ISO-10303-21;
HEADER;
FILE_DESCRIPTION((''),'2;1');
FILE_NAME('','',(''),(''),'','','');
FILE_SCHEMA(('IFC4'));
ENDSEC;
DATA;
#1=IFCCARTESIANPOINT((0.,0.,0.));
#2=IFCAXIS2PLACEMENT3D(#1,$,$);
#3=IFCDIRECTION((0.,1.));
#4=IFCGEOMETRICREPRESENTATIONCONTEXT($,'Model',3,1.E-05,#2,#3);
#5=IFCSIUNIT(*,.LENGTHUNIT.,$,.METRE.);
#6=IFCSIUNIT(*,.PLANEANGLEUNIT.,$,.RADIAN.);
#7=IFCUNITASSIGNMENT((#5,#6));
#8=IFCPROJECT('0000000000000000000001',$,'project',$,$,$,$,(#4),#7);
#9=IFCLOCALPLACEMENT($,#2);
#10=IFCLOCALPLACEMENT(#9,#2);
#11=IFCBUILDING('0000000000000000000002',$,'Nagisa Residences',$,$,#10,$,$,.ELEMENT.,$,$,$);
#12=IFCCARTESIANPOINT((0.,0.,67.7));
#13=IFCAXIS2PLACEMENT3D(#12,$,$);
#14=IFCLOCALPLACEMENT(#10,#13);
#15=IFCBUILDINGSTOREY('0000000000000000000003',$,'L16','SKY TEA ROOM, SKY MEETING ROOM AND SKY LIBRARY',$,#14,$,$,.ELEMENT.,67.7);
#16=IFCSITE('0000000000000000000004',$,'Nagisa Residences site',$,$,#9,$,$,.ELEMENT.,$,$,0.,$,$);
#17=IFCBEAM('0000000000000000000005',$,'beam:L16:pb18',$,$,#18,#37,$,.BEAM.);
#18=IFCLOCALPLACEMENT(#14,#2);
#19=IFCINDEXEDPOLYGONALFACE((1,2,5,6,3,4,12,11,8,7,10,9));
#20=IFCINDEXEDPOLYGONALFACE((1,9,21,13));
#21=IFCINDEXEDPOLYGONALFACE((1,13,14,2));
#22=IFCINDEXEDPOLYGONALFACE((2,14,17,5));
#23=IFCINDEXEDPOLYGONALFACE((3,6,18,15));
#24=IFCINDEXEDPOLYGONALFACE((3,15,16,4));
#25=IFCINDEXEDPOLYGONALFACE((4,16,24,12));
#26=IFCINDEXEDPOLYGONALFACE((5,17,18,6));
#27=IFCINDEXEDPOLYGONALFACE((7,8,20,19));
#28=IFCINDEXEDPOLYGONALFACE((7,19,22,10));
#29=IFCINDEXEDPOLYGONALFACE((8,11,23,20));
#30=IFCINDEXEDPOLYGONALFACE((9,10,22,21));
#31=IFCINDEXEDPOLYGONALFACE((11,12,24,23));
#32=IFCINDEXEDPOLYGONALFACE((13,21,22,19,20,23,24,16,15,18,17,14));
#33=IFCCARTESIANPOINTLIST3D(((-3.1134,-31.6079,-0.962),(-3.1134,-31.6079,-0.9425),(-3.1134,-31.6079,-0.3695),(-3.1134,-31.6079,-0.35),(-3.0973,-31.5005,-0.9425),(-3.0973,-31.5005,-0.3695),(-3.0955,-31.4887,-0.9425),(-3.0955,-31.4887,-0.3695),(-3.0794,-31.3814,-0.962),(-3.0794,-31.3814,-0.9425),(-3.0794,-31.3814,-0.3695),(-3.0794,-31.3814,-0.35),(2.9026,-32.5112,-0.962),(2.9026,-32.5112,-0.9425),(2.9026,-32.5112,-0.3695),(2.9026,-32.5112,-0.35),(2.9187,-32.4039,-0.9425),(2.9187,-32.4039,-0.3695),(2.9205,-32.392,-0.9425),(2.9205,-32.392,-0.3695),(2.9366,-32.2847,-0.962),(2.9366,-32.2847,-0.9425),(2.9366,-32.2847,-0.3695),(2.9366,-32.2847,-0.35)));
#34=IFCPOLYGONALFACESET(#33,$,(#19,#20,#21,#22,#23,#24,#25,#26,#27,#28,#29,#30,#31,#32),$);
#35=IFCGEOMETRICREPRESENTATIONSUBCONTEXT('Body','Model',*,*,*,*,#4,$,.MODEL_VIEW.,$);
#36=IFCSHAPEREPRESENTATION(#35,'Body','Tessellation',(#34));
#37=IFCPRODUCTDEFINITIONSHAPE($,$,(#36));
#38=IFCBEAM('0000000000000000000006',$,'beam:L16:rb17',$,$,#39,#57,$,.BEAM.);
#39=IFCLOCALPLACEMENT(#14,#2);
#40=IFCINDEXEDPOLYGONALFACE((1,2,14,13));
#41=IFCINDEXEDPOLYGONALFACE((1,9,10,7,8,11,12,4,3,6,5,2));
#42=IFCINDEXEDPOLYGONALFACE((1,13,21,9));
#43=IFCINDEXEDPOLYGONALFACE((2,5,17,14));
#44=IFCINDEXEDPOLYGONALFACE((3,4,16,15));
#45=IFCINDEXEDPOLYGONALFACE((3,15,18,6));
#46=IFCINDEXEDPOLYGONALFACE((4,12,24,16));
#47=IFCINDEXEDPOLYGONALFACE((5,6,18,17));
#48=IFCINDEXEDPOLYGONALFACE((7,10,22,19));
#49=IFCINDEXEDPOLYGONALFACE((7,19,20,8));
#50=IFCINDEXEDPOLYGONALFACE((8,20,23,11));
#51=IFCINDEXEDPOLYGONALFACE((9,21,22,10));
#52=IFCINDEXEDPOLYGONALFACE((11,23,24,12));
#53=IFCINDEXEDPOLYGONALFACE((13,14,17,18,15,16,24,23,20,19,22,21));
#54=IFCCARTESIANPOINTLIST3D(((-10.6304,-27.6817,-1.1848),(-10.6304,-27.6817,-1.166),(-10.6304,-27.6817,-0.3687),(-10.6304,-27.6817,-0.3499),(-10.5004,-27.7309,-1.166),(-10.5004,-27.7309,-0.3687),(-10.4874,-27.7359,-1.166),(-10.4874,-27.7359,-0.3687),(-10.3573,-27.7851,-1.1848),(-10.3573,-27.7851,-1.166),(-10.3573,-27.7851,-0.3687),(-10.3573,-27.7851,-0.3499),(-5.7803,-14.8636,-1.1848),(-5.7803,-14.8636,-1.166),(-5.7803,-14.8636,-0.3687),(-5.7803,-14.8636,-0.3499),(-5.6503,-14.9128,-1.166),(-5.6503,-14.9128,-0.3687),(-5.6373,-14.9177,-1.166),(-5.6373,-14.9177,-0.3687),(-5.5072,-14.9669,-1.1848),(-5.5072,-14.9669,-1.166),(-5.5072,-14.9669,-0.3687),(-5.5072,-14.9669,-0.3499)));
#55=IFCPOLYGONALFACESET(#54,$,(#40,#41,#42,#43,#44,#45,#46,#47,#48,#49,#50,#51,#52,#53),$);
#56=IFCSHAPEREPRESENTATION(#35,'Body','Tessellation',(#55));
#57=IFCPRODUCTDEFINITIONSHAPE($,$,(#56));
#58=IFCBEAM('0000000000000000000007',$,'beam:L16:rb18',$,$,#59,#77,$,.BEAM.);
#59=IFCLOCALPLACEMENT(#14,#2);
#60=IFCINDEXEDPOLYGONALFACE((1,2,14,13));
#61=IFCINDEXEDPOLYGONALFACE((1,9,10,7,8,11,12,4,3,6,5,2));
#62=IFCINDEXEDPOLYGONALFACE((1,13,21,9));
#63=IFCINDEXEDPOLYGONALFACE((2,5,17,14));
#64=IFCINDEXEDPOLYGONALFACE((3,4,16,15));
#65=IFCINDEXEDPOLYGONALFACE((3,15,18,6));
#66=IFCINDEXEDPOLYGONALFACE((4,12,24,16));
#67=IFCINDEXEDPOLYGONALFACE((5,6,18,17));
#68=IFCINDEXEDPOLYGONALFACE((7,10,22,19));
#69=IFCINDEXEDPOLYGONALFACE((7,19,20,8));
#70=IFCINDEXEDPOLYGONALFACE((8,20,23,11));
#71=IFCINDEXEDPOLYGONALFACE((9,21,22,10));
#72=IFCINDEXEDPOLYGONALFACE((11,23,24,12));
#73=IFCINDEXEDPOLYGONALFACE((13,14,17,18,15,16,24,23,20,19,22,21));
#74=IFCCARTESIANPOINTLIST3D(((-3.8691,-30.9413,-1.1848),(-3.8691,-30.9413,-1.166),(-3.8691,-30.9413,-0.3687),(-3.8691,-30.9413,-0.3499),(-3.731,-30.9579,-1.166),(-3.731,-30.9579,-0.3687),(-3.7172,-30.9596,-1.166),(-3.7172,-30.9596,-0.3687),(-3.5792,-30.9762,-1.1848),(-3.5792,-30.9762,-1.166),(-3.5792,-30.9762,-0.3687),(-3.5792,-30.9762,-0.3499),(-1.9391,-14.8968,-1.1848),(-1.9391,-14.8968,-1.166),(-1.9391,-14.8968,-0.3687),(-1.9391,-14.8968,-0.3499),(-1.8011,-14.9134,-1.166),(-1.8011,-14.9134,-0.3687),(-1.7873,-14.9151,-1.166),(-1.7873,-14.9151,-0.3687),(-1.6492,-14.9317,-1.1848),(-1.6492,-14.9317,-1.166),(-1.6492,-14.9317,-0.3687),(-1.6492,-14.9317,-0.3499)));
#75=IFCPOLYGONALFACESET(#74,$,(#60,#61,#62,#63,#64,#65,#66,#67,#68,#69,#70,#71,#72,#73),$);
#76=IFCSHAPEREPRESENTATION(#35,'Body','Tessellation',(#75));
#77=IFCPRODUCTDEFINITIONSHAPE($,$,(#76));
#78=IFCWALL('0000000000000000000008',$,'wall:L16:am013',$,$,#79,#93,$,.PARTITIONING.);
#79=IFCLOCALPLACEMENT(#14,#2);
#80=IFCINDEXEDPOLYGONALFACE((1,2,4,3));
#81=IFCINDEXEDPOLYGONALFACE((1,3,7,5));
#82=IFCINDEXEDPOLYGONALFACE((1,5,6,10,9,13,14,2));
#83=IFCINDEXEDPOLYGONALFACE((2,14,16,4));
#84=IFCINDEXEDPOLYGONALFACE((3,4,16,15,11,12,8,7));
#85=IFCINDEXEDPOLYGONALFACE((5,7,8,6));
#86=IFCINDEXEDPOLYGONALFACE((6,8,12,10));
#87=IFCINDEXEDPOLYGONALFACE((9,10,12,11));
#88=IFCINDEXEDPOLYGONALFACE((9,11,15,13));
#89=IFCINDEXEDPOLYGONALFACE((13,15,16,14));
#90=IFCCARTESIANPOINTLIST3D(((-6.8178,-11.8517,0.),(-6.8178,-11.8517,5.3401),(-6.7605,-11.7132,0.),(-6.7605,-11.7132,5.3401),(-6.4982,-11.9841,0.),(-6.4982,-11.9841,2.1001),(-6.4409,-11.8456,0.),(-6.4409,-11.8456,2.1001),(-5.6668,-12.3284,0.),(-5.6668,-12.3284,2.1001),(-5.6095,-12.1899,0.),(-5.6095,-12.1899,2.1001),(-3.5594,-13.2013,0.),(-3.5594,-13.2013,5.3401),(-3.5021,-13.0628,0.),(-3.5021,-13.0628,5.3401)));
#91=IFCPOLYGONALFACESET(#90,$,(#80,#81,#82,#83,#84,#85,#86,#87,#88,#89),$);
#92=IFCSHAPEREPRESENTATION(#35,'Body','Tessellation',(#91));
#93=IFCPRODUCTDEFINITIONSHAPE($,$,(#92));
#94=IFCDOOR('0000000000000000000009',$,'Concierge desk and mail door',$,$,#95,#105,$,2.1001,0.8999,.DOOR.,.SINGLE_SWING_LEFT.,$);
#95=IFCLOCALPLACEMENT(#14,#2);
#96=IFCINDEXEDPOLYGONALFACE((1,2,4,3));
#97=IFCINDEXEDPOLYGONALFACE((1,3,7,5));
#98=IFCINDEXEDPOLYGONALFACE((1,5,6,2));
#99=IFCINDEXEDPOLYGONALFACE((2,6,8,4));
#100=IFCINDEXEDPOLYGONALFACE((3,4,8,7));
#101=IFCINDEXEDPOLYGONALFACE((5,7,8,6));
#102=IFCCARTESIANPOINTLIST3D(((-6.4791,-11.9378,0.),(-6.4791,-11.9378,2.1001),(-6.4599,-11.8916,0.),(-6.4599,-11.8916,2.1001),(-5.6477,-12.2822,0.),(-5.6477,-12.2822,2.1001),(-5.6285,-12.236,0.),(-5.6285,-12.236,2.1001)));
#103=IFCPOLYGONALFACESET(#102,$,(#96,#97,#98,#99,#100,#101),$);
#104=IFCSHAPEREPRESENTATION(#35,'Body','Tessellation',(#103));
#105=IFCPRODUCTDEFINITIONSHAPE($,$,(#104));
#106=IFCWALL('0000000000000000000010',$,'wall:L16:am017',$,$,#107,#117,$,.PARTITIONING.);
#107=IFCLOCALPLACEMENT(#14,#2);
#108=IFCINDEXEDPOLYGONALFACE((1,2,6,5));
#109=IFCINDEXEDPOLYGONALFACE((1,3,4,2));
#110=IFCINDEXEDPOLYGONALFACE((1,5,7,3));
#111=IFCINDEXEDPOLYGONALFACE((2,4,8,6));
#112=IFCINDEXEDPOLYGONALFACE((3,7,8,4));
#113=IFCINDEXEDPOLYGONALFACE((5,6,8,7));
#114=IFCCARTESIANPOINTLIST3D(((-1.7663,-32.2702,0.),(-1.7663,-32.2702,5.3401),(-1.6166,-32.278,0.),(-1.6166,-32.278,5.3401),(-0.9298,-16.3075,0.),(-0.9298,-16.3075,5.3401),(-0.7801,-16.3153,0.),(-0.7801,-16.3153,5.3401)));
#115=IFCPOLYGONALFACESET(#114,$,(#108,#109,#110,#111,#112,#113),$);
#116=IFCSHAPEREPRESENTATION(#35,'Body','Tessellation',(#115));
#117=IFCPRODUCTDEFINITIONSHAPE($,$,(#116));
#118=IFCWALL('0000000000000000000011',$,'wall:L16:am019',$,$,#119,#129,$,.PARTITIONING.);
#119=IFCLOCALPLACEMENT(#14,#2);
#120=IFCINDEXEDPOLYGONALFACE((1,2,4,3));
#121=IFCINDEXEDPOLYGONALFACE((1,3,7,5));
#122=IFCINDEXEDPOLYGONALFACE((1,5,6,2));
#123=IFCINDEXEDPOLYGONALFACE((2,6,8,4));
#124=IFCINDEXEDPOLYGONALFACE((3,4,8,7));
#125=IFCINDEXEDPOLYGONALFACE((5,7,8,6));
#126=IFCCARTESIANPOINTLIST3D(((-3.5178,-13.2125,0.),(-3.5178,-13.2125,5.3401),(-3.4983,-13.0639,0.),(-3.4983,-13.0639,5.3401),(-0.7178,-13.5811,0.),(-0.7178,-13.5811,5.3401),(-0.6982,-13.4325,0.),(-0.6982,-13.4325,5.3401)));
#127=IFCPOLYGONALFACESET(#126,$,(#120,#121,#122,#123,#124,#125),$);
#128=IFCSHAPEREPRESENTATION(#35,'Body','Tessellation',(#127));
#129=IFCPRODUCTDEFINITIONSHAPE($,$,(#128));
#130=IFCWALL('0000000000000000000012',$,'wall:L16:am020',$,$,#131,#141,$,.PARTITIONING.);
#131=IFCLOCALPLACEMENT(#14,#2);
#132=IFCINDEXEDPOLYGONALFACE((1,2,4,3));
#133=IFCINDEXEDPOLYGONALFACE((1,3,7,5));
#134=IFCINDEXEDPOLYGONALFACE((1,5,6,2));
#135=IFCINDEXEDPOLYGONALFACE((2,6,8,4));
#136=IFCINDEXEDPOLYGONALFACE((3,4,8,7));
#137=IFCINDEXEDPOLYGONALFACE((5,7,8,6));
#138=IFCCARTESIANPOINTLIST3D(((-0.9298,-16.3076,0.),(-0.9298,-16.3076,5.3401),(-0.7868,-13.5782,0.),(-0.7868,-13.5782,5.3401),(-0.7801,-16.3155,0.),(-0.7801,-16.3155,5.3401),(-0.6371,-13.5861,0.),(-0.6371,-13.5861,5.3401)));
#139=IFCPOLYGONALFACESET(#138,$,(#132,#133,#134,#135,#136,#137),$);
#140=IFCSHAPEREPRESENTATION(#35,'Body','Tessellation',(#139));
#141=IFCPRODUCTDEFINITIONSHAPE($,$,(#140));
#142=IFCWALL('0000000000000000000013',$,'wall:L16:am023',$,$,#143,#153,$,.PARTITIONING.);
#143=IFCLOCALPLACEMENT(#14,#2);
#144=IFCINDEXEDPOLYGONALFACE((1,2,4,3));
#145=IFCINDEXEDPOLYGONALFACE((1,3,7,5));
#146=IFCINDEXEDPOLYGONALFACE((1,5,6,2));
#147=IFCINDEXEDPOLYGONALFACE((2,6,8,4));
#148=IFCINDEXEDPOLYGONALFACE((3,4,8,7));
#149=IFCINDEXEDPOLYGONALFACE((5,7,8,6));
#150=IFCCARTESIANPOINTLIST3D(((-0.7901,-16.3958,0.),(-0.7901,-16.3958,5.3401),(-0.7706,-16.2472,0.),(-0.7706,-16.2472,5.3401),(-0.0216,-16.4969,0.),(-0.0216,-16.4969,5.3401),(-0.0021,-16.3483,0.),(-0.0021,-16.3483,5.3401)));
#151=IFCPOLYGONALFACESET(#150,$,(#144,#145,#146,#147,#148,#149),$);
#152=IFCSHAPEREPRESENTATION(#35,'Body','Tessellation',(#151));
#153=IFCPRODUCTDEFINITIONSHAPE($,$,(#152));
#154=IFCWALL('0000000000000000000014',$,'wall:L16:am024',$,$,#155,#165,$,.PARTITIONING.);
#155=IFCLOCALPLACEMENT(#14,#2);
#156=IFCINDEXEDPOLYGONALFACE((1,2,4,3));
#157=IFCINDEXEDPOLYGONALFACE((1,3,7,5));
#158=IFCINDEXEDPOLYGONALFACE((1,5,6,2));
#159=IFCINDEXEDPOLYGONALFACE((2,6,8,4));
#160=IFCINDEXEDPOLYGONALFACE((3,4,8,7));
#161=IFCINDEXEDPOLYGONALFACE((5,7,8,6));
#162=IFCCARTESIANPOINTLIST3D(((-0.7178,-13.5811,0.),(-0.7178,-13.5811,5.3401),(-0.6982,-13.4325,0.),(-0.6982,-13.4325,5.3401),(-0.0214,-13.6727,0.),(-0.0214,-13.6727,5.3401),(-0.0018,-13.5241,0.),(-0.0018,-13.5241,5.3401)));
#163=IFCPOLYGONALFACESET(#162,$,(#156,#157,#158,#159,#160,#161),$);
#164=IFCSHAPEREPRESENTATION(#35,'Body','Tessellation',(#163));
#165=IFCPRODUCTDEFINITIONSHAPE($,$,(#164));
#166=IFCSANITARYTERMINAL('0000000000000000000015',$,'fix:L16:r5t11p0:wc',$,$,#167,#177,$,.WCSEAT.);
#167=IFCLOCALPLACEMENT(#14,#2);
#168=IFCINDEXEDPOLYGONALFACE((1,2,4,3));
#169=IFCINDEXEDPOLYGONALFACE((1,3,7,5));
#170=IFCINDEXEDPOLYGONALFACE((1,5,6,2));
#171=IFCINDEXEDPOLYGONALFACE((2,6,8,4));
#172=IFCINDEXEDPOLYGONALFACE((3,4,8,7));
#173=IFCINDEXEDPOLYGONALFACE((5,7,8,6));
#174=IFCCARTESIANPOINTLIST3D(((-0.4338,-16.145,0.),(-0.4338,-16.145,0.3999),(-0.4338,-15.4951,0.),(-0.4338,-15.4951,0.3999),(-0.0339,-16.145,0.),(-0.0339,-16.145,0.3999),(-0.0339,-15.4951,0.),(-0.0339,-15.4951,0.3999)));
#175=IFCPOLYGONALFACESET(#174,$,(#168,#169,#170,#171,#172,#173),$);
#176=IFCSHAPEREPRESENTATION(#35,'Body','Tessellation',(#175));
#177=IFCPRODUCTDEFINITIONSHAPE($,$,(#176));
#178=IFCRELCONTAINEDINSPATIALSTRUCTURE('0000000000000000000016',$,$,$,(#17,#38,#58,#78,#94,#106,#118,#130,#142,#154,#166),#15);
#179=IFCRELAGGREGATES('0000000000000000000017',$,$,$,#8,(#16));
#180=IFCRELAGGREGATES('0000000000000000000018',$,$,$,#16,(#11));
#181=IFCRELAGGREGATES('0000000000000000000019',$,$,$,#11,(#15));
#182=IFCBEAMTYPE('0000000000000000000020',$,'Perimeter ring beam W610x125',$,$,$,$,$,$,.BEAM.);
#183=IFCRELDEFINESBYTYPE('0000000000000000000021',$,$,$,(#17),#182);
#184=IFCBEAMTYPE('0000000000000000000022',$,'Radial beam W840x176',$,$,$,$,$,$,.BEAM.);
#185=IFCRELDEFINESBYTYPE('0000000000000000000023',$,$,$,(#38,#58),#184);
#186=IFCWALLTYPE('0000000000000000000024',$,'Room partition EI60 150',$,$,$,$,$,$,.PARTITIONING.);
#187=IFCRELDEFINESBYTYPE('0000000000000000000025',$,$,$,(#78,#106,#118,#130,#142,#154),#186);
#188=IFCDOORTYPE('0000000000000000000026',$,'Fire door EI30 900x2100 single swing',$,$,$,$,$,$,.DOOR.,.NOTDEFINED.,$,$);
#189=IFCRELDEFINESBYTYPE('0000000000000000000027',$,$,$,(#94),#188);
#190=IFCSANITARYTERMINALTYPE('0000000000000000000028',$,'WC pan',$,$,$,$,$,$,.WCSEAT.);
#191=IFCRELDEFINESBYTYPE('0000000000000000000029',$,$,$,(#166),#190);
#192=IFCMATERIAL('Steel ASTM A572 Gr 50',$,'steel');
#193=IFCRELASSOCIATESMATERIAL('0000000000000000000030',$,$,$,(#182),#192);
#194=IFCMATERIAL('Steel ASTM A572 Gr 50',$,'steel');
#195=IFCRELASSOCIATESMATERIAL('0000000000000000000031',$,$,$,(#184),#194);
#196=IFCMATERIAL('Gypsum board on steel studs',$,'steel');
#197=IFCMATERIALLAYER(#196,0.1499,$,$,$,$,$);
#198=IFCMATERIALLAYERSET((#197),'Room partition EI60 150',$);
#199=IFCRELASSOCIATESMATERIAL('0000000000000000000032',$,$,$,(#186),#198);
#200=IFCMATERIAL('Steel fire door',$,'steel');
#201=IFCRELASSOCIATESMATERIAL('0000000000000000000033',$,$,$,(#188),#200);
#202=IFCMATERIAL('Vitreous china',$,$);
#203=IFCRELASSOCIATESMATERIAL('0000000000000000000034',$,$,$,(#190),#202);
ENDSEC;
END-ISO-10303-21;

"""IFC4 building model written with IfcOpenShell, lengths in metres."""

from ifc_helpers import new_model, si_unit, direction, frame, frame_2d, origin, origin_2d, place, context, subcontext, project, spatial, rectangle, i_section, extrude, material, layer, layer_set, material_profile, profile_set, type_object, element, fill, save


model = new_model("IFC4")

# Units and contexts
model_context = context("Model", 3, precision=1e-05, world=origin(), true_north=direction((0.0, 1.0)))
body_context = subcontext(model_context, "Body", "Model", "MODEL_VIEW")
ifc_project = project(units=[si_unit("LENGTHUNIT", "METRE"), si_unit("PLANEANGLEUNIT", "RADIAN")], contexts=[model_context])

# Site, building, storey
site_placement = place(None, origin())
site = spatial("IfcSite", under=ifc_project, at=site_placement, Name="Nagisa Residences site", CompositionType="ELEMENT", RefElevation=0.0)
building_placement = place(site_placement, origin())
building = spatial("IfcBuilding", under=site, at=building_placement, Name="Nagisa Residences", CompositionType="ELEMENT")
storey_placement = place(building_placement, frame((0.0, 0.0, 67.7)))
storey = spatial("IfcBuildingStorey", under=building, at=storey_placement, Name="L16", Description="SKY TEA ROOM, SKY MEETING ROOM AND SKY LIBRARY", CompositionType="ELEMENT", Elevation=67.7)

# Beams
ifc_material_1 = material(Name="Steel ASTM A572 Gr 50", Category="steel")
ifc_material_profile_1 = material_profile(ifc_material_1, i_section(OverallWidth=0.229, OverallDepth=0.6121, WebThickness=0.012, FlangeThickness=0.0195, at=origin_2d()), Name="W610x125")
ifc_profile_set_1 = profile_set([ifc_material_profile_1], Name="Steel ASTM A572 Gr 50")
beam_type_1 = type_object("IfcBeamType", Name="Perimeter ring beam W610x125", PredefinedType="BEAM", material=ifc_profile_set_1)
beam_1_placement = place(storey_placement, frame((-3.0964, -31.4946, -0.656), z_axis=(0.988915, -0.148486, 0.0), x_axis=(0.148486, 0.988915, 0.0)))
element("IfcBeam", 1, at=beam_1_placement, inside=storey, type_object=beam_type_1, Name="beam:L16:pb18", PredefinedType="BEAM", context=body_context, shape_type="SweptSolid", body=[
    extrude(i_section(OverallWidth=0.229, OverallDepth=0.6121, WebThickness=0.012, FlangeThickness=0.0195, at=origin_2d()), origin(), (0.0, 0.0, 1.0), 6.0835),
])
ifc_material_2 = material(Name="Steel ASTM A572 Gr 50", Category="steel")
ifc_material_profile_2 = material_profile(ifc_material_2, i_section(OverallWidth=0.292, OverallDepth=0.835, WebThickness=0.0139, FlangeThickness=0.0188, at=origin_2d()), Name="W840x176")
ifc_profile_set_2 = profile_set([ifc_material_profile_2], Name="Steel ASTM A572 Gr 50")
beam_type_2 = type_object("IfcBeamType", Name="Radial beam W840x176", PredefinedType="BEAM", material=ifc_profile_set_2)
beam_2_placement = place(storey_placement, frame((-10.4939, -27.7334, -0.7673), z_axis=(0.353892, 0.935286, 0.0), x_axis=(-0.935286, 0.353892, 0.0)))
element("IfcBeam", 2, at=beam_2_placement, inside=storey, type_object=beam_type_2, Name="beam:L16:rb17", PredefinedType="BEAM", context=body_context, shape_type="SweptSolid", body=[
    extrude(i_section(OverallWidth=0.292, OverallDepth=0.835, WebThickness=0.0139, FlangeThickness=0.0188, at=origin_2d()), origin(), (0.0, 0.0, 1.0), 13.7051),
])
beam_3_placement = place(storey_placement, frame((-3.7241, -30.9587, -0.7673), z_axis=(0.119426, 0.992843, 0.0), x_axis=(-0.992843, 0.119426, 0.0)))
element("IfcBeam", 3, at=beam_3_placement, inside=storey, type_object=beam_type_2, Name="beam:L16:rb18", PredefinedType="BEAM", context=body_context, shape_type="SweptSolid", body=[
    extrude(i_section(OverallWidth=0.292, OverallDepth=0.835, WebThickness=0.0139, FlangeThickness=0.0188, at=origin_2d()), origin(), (0.0, 0.0, 1.0), 16.1602),
])

# Wall, opening, door
ifc_material_3 = material(Name="Gypsum board on steel studs", Category="steel")
ifc_layer_1 = layer(ifc_material_3, 0.1499)
ifc_layer_set_1 = layer_set([ifc_layer_1], Name="Room partition EI60 150")
wall_type_1 = type_object("IfcWallType", Name="Room partition EI60 150", PredefinedType="PARTITIONING", material=ifc_layer_set_1)
wall_1_placement = place(storey_placement, frame((-3.5308, -13.1321, 0.0), z_axis=(0.0, 0.0, 1.0), x_axis=(-0.923882, 0.382678, 0.0)))
wall_1 = element("IfcWall", 4, at=wall_1_placement, inside=storey, type_object=wall_type_1, Name="wall:L16:am013", PredefinedType="PARTITIONING", context=body_context, shape_type="SweptSolid", body=[
    extrude(rectangle(XDim=3.5269, YDim=0.1499, at=frame_2d((1.7634, 0.0))), origin(), (0.0, 0.0, 1.0), 5.3401),
])
opening_1_placement = place(wall_1_placement, frame((2.281, 0.0, 0.0)))
opening_1 = element("IfcOpeningElement", 5, at=opening_1_placement, cuts=wall_1, PredefinedType="OPENING", context=body_context, shape_type="SweptSolid", body=[
    extrude(rectangle(XDim=0.8999, YDim=2.1001, at=frame_2d((0.45, 1.05))), frame((0.0, 0.085, 0.0), z_axis=(0.0, -1.0, 0.0), x_axis=(1.0, 0.0, 0.0)), (0.0, 0.0, 1.0), 0.1699),
])
ifc_material_4 = material(Name="Steel fire door", Category="steel")
door_type_1 = type_object("IfcDoorType", Name="Fire door EI30 900x2100 single swing", OperationType="NOTDEFINED", PredefinedType="DOOR", material=ifc_material_4)
door_1_placement = place(opening_1_placement, origin())
door_1 = element("IfcDoor", 6, at=door_1_placement, inside=storey, type_object=door_type_1, Name="Concierge desk and mail door", OperationType="SINGLE_SWING_LEFT", OverallHeight=2.1001, OverallWidth=0.8999, PredefinedType="DOOR", context=body_context, shape_type="SweptSolid", body=[
    extrude(rectangle(XDim=0.8999, YDim=2.1001, at=frame_2d((0.45, 1.05))), frame((0.0, 0.0249, 0.0), z_axis=(0.0, -1.0, 0.0), x_axis=(1.0, 0.0, 0.0)), (0.0, 0.0, 1.0), 0.05),
])
fill(opening_1, door_1)

# Walls
wall_2_placement = place(storey_placement, frame((-0.855, -16.3115, 0.0), z_axis=(0.0, 0.0, 1.0), x_axis=(-0.052327, -0.99863, 0.0)))
element("IfcWall", 7, at=wall_2_placement, inside=storey, type_object=wall_type_1, Name="wall:L16:am017", PredefinedType="PARTITIONING", context=body_context, shape_type="SweptSolid", body=[
    extrude(rectangle(XDim=15.9846, YDim=0.1499, at=frame_2d((7.9922, 0.0))), origin(), (0.0, 0.0, 1.0), 5.3401),
])
wall_3_placement = place(storey_placement, frame((-0.708, -13.5068, 0.0), z_axis=(0.0, 0.0, 1.0), x_axis=(-0.991444, 0.130533, 0.0)))
element("IfcWall", 8, at=wall_3_placement, inside=storey, type_object=wall_type_1, Name="wall:L16:am019", PredefinedType="PARTITIONING", context=body_context, shape_type="SweptSolid", body=[
    extrude(rectangle(XDim=2.8242, YDim=0.1499, at=frame_2d((1.4121, 0.0))), origin(), (0.0, 0.0, 1.0), 5.3401),
])
wall_4_placement = place(storey_placement, frame((-0.7119, -13.582, 0.0), z_axis=(0.0, 0.0, 1.0), x_axis=(-0.052343, -0.998629, 0.0)))
element("IfcWall", 9, at=wall_4_placement, inside=storey, type_object=wall_type_1, Name="wall:L16:am020", PredefinedType="PARTITIONING", context=body_context, shape_type="SweptSolid", body=[
    extrude(rectangle(XDim=2.7332, YDim=0.1499, at=frame_2d((1.3667, 0.0))), origin(), (0.0, 0.0, 1.0), 5.3401),
])
wall_5_placement = place(storey_placement, frame((-0.0117, -16.4226, 0.0), z_axis=(0.0, 0.0, 1.0), x_axis=(-0.991463, 0.130389, 0.0)))
element("IfcWall", 10, at=wall_5_placement, inside=storey, type_object=wall_type_1, Name="wall:L16:am023", PredefinedType="PARTITIONING", context=body_context, shape_type="SweptSolid", body=[
    extrude(rectangle(XDim=0.7751, YDim=0.1499, at=frame_2d((0.3877, 0.0))), origin(), (0.0, 0.0, 1.0), 5.3401),
])
wall_6_placement = place(storey_placement, frame((-0.0117, -13.5984, 0.0), z_axis=(0.0, 0.0, 1.0), x_axis=(-0.991466, 0.130365, 0.0)))
element("IfcWall", 11, at=wall_6_placement, inside=storey, type_object=wall_type_1, Name="wall:L16:am024", PredefinedType="PARTITIONING", context=body_context, shape_type="SweptSolid", body=[
    extrude(rectangle(XDim=0.7024, YDim=0.1499, at=frame_2d((0.3511, 0.0))), origin(), (0.0, 0.0, 1.0), 5.3401),
])

# Sanitary terminal
ifc_material_5 = material(Name="Vitreous china")
sanitary_terminal_type = type_object("IfcSanitaryTerminalType", Name="WC pan", PredefinedType="WCSEAT", material=ifc_material_5)
sanitary_terminal_placement = place(storey_placement, frame((-0.2339, -15.8201, 0.0), z_axis=(0.0, 0.0, 1.0), x_axis=(1.0, 0.0, 0.0)))
element("IfcSanitaryTerminal", 12, at=sanitary_terminal_placement, inside=storey, type_object=sanitary_terminal_type, Name="fix:L16:r5t11p0:wc", PredefinedType="WCSEAT", context=body_context, shape_type="SweptSolid", body=[
    extrude(rectangle(XDim=0.3999, YDim=0.6499, at=origin_2d()), origin(), (0.0, 0.0, 1.0), 0.3999),
])

save(model, "model.ifc")
